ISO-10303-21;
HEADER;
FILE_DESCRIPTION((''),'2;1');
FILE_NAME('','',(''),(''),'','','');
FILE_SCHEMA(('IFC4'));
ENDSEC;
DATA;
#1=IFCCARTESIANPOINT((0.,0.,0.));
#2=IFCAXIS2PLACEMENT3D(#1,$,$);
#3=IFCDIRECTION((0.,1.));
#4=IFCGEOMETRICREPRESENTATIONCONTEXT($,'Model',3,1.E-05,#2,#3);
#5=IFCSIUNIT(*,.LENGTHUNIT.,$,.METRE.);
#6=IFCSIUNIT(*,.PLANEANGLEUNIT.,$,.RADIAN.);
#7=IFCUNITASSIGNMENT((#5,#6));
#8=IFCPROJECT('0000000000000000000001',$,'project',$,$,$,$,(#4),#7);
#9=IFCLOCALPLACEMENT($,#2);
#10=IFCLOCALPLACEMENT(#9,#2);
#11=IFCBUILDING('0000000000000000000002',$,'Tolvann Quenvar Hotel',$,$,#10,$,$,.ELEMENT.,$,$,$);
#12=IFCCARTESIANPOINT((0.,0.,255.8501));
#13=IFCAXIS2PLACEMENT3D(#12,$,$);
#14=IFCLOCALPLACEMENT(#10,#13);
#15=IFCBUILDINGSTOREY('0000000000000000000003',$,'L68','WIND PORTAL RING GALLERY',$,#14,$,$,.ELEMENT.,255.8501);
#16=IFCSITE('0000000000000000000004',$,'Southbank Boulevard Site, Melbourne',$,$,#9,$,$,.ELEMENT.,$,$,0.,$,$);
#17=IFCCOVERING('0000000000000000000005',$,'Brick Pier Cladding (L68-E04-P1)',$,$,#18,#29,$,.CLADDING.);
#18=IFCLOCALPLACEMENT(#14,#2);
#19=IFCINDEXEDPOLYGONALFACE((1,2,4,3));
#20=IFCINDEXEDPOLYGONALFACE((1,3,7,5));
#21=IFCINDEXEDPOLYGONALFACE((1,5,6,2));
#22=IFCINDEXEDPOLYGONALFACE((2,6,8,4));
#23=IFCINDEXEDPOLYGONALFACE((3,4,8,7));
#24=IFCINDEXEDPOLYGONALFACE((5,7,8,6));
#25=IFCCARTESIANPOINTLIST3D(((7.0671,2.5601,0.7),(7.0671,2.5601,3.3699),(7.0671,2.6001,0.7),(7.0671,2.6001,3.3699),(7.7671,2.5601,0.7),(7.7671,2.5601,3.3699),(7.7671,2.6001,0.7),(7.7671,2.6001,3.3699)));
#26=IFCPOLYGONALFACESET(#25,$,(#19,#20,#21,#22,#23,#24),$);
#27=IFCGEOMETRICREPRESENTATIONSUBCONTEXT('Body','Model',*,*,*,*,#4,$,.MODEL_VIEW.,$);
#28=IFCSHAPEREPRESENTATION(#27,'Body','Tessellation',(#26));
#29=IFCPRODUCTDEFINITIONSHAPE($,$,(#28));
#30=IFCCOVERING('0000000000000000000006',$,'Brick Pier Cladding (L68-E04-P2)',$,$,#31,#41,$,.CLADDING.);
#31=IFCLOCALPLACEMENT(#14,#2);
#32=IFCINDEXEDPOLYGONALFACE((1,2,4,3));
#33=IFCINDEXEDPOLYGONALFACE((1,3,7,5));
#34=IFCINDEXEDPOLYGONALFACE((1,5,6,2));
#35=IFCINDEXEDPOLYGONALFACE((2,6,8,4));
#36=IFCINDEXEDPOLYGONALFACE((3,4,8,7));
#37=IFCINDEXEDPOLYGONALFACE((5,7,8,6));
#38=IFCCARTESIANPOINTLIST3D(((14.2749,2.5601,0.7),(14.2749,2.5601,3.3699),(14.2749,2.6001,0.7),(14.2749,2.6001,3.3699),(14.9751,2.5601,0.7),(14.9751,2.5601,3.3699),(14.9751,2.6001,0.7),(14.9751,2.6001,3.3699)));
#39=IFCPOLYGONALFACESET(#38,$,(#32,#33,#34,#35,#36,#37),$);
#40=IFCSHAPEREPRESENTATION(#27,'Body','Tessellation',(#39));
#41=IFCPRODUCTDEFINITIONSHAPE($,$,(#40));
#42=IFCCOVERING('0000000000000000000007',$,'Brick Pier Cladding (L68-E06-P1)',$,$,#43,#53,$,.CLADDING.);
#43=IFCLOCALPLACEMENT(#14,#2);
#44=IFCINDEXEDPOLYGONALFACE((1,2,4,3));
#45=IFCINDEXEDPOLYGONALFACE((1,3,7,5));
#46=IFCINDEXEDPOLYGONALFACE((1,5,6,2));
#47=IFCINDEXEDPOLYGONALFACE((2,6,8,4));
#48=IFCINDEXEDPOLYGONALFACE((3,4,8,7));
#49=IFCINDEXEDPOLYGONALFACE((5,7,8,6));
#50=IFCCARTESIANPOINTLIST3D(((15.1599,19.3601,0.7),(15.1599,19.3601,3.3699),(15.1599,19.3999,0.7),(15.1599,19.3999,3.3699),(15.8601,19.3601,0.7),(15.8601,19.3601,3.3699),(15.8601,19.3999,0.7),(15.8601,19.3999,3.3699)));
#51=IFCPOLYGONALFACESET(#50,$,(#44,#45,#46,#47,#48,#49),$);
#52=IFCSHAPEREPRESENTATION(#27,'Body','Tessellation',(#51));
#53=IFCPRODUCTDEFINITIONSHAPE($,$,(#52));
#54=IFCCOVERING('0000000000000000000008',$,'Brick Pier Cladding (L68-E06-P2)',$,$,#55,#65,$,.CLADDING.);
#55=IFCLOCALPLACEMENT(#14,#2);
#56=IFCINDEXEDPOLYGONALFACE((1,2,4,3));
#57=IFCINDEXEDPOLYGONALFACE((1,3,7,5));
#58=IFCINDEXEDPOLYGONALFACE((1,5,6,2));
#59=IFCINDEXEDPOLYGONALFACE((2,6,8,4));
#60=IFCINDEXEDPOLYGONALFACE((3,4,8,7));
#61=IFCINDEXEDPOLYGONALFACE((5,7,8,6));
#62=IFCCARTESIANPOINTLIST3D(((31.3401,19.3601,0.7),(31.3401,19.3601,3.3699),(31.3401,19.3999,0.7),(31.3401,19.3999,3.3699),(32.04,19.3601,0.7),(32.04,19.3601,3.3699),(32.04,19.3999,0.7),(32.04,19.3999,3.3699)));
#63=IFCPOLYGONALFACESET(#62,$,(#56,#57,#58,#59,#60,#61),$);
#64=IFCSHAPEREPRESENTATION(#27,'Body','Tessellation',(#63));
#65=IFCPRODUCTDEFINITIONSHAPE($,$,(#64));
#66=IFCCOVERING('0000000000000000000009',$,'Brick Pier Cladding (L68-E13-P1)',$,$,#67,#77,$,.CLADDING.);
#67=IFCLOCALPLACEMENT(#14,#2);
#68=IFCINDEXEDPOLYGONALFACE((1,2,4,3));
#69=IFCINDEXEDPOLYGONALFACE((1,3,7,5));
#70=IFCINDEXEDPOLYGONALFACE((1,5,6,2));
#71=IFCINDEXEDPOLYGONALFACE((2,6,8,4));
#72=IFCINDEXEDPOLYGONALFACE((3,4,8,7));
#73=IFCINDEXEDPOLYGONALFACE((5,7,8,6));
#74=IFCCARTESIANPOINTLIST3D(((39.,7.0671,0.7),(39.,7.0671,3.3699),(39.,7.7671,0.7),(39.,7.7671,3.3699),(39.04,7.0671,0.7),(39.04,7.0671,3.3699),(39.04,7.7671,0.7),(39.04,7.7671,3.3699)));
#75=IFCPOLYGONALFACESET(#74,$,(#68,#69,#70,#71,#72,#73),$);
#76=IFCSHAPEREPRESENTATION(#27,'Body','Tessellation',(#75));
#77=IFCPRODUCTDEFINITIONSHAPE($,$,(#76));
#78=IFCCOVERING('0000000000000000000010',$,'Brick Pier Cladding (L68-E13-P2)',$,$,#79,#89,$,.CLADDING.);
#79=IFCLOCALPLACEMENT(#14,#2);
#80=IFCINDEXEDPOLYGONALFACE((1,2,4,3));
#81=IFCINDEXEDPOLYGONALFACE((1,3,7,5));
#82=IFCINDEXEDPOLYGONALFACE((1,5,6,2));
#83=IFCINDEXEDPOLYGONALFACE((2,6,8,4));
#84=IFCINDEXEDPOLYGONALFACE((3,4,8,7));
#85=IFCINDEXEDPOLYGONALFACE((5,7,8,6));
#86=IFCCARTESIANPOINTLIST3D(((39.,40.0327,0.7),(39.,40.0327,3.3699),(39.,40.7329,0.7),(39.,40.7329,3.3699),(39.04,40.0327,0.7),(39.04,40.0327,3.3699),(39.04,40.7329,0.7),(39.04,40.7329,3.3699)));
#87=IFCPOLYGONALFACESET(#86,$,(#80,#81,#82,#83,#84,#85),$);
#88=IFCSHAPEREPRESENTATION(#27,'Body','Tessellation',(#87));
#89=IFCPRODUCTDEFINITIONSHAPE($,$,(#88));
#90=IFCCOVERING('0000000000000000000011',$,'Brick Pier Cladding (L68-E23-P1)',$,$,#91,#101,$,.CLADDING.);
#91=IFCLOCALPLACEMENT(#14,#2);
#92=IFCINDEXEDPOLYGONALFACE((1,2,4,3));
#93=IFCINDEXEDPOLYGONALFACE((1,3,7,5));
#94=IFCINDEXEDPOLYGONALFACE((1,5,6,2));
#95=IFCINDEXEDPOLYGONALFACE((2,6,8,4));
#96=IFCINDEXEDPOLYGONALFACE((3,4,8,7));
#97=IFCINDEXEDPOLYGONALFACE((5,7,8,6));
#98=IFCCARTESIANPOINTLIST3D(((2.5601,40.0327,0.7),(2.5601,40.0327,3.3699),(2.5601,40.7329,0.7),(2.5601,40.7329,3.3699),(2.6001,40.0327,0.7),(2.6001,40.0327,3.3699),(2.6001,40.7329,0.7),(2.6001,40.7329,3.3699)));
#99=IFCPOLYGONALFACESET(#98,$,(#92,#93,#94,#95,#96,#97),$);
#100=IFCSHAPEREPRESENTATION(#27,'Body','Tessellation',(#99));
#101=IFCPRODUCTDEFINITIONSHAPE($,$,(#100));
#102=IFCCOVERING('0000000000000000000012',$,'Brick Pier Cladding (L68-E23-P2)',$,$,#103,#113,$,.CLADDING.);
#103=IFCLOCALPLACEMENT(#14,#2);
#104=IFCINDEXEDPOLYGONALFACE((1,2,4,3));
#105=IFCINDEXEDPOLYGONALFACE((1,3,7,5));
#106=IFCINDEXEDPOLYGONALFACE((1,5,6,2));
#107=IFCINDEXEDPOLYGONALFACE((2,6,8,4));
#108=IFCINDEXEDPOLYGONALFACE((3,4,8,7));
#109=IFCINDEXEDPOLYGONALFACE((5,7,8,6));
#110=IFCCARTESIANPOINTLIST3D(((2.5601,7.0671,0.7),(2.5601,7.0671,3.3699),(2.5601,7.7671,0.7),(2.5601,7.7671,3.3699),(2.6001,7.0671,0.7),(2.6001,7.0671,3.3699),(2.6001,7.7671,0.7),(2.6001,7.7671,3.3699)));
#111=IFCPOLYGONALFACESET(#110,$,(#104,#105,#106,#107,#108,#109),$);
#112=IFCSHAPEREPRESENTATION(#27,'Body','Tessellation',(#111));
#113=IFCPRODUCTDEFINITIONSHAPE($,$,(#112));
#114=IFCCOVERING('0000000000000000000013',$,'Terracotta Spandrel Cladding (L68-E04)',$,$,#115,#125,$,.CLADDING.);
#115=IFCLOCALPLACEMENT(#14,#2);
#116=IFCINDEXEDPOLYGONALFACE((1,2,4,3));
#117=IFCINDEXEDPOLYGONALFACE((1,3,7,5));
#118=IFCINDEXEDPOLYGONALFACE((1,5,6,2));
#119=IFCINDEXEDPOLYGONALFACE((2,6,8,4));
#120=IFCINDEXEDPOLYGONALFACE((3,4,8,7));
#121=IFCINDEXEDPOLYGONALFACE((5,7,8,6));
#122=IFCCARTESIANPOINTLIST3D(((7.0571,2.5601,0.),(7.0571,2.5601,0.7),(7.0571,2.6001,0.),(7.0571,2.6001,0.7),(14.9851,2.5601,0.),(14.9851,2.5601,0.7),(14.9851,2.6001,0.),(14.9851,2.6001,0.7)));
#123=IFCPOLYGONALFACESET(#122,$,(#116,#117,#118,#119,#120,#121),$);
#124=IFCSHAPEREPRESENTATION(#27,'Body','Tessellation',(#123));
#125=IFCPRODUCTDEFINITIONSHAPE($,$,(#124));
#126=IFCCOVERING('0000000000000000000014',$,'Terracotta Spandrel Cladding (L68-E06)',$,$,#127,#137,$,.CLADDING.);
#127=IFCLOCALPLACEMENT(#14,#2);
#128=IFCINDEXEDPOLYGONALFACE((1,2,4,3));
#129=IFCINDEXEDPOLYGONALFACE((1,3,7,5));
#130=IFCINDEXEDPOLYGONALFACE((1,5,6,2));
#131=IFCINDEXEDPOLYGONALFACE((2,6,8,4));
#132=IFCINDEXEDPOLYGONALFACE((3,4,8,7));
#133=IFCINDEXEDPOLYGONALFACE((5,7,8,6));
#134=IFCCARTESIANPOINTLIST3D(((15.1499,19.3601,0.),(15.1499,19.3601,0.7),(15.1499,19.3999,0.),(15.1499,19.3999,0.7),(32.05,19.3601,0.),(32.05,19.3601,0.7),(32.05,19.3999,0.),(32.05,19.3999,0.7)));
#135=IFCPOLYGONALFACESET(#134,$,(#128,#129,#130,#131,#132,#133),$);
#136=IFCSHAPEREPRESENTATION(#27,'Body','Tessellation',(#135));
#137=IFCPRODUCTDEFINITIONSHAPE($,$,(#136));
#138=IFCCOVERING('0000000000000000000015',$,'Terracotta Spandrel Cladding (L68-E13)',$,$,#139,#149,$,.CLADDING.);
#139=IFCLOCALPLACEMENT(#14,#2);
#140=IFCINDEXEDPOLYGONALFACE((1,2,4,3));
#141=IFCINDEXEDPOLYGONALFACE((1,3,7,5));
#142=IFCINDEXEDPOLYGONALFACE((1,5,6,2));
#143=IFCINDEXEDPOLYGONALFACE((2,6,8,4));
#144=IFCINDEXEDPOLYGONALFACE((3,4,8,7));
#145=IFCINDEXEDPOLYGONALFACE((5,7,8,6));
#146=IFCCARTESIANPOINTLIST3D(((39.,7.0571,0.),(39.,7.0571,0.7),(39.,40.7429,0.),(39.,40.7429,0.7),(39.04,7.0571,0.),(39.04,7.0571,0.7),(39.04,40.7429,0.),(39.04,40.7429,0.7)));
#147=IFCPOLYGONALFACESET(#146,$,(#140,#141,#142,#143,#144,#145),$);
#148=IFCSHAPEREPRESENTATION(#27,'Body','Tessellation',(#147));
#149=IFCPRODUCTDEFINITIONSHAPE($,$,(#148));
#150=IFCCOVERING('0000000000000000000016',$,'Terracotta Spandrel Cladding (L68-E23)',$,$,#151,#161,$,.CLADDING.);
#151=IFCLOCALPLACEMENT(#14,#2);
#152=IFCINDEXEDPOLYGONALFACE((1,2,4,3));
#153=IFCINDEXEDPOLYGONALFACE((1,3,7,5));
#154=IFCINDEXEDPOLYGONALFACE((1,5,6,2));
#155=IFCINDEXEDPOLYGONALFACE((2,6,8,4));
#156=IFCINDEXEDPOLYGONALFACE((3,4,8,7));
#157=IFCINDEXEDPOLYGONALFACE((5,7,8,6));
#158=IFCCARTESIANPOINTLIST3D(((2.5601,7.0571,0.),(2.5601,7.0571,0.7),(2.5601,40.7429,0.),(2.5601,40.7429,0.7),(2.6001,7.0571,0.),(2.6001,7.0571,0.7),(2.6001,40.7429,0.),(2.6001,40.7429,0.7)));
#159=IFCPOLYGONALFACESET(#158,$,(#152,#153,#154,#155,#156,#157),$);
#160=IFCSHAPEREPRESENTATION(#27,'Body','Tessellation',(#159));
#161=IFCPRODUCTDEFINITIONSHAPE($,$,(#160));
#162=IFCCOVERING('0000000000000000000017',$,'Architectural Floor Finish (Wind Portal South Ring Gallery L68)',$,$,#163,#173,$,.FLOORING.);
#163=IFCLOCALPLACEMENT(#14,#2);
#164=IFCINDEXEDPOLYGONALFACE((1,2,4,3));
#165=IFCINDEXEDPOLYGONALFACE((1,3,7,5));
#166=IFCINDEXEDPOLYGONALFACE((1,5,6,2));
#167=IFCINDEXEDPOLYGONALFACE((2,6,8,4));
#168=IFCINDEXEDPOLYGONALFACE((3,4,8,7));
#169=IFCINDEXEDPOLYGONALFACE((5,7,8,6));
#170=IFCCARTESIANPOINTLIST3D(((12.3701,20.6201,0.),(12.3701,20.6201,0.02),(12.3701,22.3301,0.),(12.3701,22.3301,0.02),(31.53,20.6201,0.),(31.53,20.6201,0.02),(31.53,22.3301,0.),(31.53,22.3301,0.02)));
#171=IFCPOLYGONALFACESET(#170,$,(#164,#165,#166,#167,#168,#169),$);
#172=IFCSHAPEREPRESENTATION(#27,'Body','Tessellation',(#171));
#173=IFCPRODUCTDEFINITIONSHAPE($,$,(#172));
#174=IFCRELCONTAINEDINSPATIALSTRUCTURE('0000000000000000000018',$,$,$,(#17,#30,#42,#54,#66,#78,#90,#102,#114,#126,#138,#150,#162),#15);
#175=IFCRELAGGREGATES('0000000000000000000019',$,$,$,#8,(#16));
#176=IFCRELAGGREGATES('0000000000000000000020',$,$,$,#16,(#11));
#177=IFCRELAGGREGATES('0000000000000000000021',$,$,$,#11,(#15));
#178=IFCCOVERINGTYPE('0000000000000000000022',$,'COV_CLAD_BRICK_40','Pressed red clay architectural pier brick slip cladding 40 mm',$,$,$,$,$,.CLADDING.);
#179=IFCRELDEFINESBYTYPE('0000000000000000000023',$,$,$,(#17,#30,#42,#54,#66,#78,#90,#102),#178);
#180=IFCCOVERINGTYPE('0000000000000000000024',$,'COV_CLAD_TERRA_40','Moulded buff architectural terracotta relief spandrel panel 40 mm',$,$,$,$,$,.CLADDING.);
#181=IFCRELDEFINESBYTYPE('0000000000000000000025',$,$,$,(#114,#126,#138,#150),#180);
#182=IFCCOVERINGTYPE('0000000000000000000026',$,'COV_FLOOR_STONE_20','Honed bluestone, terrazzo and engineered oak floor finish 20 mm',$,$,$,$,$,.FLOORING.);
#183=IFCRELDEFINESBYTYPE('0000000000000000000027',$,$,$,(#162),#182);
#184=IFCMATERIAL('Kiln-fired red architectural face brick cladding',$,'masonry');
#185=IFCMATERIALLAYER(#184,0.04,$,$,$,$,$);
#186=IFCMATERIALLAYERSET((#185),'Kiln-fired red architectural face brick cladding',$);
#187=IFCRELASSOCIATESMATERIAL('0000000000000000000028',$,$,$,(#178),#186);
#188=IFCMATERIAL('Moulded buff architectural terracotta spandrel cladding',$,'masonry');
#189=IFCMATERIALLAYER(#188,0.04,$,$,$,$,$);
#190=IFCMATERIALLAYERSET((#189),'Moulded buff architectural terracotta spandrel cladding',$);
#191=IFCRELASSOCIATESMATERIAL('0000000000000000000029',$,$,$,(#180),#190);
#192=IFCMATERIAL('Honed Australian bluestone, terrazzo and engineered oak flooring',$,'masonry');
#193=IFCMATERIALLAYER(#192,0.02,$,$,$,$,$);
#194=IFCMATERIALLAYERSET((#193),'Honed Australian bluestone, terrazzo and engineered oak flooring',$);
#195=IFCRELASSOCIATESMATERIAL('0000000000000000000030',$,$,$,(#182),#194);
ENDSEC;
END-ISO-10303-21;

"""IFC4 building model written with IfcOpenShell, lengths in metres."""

from ifc_helpers import new_model, si_unit, direction, frame, origin, place, context, subcontext, project, spatial, polyline, outline, extrude, material, layer, layer_set, type_object, element, save


model = new_model("IFC4")

# Units and contexts
model_context = context("Model", 3, precision=1e-05, world=origin(), true_north=direction((0.0, 1.0)))
body_context = subcontext(model_context, "Body", "Model", "MODEL_VIEW")
ifc_project = project(units=[si_unit("LENGTHUNIT", "METRE"), si_unit("PLANEANGLEUNIT", "RADIAN")], contexts=[model_context])

# Site, building, storey
site_placement = place(None, origin())
site = spatial("IfcSite", under=ifc_project, at=site_placement, Name="Southbank Boulevard Site, Melbourne", CompositionType="ELEMENT", RefElevation=0.0)
building_placement = place(site_placement, origin())
building = spatial("IfcBuilding", under=site, at=building_placement, Name="Tolvann Quenvar Hotel", CompositionType="ELEMENT")
storey_placement = place(building_placement, frame((0.0, 0.0, 255.8501)))
storey = spatial("IfcBuildingStorey", under=building, at=storey_placement, Name="L68", Description="WIND PORTAL RING GALLERY", CompositionType="ELEMENT", Elevation=255.8501)

# Coverings
ifc_material_1 = material(Name="Kiln-fired red architectural face brick cladding", Category="masonry")
ifc_layer_1 = layer(ifc_material_1, 0.04)
ifc_layer_set_1 = layer_set([ifc_layer_1], Name="Kiln-fired red architectural face brick cladding")
covering_type_1 = type_object("IfcCoveringType", Name="COV_CLAD_BRICK_40", Description="Pressed red clay architectural pier brick slip cladding 40 mm", PredefinedType="CLADDING", material=ifc_layer_set_1)
covering_1_placement = place(storey_placement, frame((0.0, 0.0, 0.7)))
element("IfcCovering", 1, at=covering_1_placement, inside=storey, type_object=covering_type_1, Name="Brick Pier Cladding (L68-E04-P1)", PredefinedType="CLADDING", context=body_context, shape_type="SweptSolid", body=[
    extrude(outline(polyline([(7.0671, 2.6001), (7.7671, 2.6001), (7.7671, 2.5601), (7.0671, 2.5601), (7.0671, 2.6001)])), origin(), (0.0, 0.0, 1.0), 2.6699),
])
covering_2_placement = place(storey_placement, frame((0.0, 0.0, 0.7)))
element("IfcCovering", 2, at=covering_2_placement, inside=storey, type_object=covering_type_1, Name="Brick Pier Cladding (L68-E04-P2)", PredefinedType="CLADDING", context=body_context, shape_type="SweptSolid", body=[
    extrude(outline(polyline([(14.2749, 2.6001), (14.9751, 2.6001), (14.9751, 2.5601), (14.2749, 2.5601), (14.2749, 2.6001)])), origin(), (0.0, 0.0, 1.0), 2.6699),
])
covering_3_placement = place(storey_placement, frame((0.0, 0.0, 0.7)))
element("IfcCovering", 3, at=covering_3_placement, inside=storey, type_object=covering_type_1, Name="Brick Pier Cladding (L68-E06-P1)", PredefinedType="CLADDING", context=body_context, shape_type="SweptSolid", body=[
    extrude(outline(polyline([(15.1599, 19.3999), (15.8601, 19.3999), (15.8601, 19.3601), (15.1599, 19.3601), (15.1599, 19.3999)])), origin(), (0.0, 0.0, 1.0), 2.6699),
])
covering_4_placement = place(storey_placement, frame((0.0, 0.0, 0.7)))
element("IfcCovering", 4, at=covering_4_placement, inside=storey, type_object=covering_type_1, Name="Brick Pier Cladding (L68-E06-P2)", PredefinedType="CLADDING", context=body_context, shape_type="SweptSolid", body=[
    extrude(outline(polyline([(31.3401, 19.3999), (32.04, 19.3999), (32.04, 19.3601), (31.3401, 19.3601), (31.3401, 19.3999)])), origin(), (0.0, 0.0, 1.0), 2.6699),
])
covering_5_placement = place(storey_placement, frame((0.0, 0.0, 0.7)))
element("IfcCovering", 5, at=covering_5_placement, inside=storey, type_object=covering_type_1, Name="Brick Pier Cladding (L68-E13-P1)", PredefinedType="CLADDING", context=body_context, shape_type="SweptSolid", body=[
    extrude(outline(polyline([(39.0, 7.0671), (39.0, 7.7671), (39.04, 7.7671), (39.04, 7.0671), (39.0, 7.0671)])), origin(), (0.0, 0.0, 1.0), 2.6699),
])
covering_6_placement = place(storey_placement, frame((0.0, 0.0, 0.7)))
element("IfcCovering", 6, at=covering_6_placement, inside=storey, type_object=covering_type_1, Name="Brick Pier Cladding (L68-E13-P2)", PredefinedType="CLADDING", context=body_context, shape_type="SweptSolid", body=[
    extrude(outline(polyline([(39.0, 40.0327), (39.0, 40.7329), (39.04, 40.7329), (39.04, 40.0327), (39.0, 40.0327)])), origin(), (0.0, 0.0, 1.0), 2.6699),
])
covering_7_placement = place(storey_placement, frame((0.0, 0.0, 0.7)))
element("IfcCovering", 7, at=covering_7_placement, inside=storey, type_object=covering_type_1, Name="Brick Pier Cladding (L68-E23-P1)", PredefinedType="CLADDING", context=body_context, shape_type="SweptSolid", body=[
    extrude(outline(polyline([(2.6001, 40.7329), (2.6001, 40.0327), (2.5601, 40.0327), (2.5601, 40.7329), (2.6001, 40.7329)])), origin(), (0.0, 0.0, 1.0), 2.6699),
])
covering_8_placement = place(storey_placement, frame((0.0, 0.0, 0.7)))
element("IfcCovering", 8, at=covering_8_placement, inside=storey, type_object=covering_type_1, Name="Brick Pier Cladding (L68-E23-P2)", PredefinedType="CLADDING", context=body_context, shape_type="SweptSolid", body=[
    extrude(outline(polyline([(2.6001, 7.7671), (2.6001, 7.0671), (2.5601, 7.0671), (2.5601, 7.7671), (2.6001, 7.7671)])), origin(), (0.0, 0.0, 1.0), 2.6699),
])
ifc_material_2 = material(Name="Moulded buff architectural terracotta spandrel cladding", Category="masonry")
ifc_layer_2 = layer(ifc_material_2, 0.04)
ifc_layer_set_2 = layer_set([ifc_layer_2], Name="Moulded buff architectural terracotta spandrel cladding")
covering_type_2 = type_object("IfcCoveringType", Name="COV_CLAD_TERRA_40", Description="Moulded buff architectural terracotta relief spandrel panel 40 mm", PredefinedType="CLADDING", material=ifc_layer_set_2)
covering_9_placement = place(storey_placement, origin())
element("IfcCovering", 9, at=covering_9_placement, inside=storey, type_object=covering_type_2, Name="Terracotta Spandrel Cladding (L68-E04)", PredefinedType="CLADDING", context=body_context, shape_type="SweptSolid", body=[
    extrude(outline(polyline([(7.0571, 2.6001), (14.9851, 2.6001), (14.9851, 2.5601), (7.0571, 2.5601), (7.0571, 2.6001)])), origin(), (0.0, 0.0, 1.0), 0.7),
])
covering_10_placement = place(storey_placement, origin())
element("IfcCovering", 10, at=covering_10_placement, inside=storey, type_object=covering_type_2, Name="Terracotta Spandrel Cladding (L68-E06)", PredefinedType="CLADDING", context=body_context, shape_type="SweptSolid", body=[
    extrude(outline(polyline([(15.1499, 19.3999), (32.05, 19.3999), (32.05, 19.3601), (15.1499, 19.3601), (15.1499, 19.3999)])), origin(), (0.0, 0.0, 1.0), 0.7),
])
covering_11_placement = place(storey_placement, origin())
element("IfcCovering", 11, at=covering_11_placement, inside=storey, type_object=covering_type_2, Name="Terracotta Spandrel Cladding (L68-E13)", PredefinedType="CLADDING", context=body_context, shape_type="SweptSolid", body=[
    extrude(outline(polyline([(39.0, 7.0571), (39.0, 40.7429), (39.04, 40.7429), (39.04, 7.0571), (39.0, 7.0571)])), origin(), (0.0, 0.0, 1.0), 0.7),
])
covering_12_placement = place(storey_placement, origin())
element("IfcCovering", 12, at=covering_12_placement, inside=storey, type_object=covering_type_2, Name="Terracotta Spandrel Cladding (L68-E23)", PredefinedType="CLADDING", context=body_context, shape_type="SweptSolid", body=[
    extrude(outline(polyline([(2.6001, 40.7429), (2.6001, 7.0571), (2.5601, 7.0571), (2.5601, 40.7429), (2.6001, 40.7429)])), origin(), (0.0, 0.0, 1.0), 0.7),
])
ifc_material_3 = material(Name="Honed Australian bluestone, terrazzo and engineered oak flooring", Category="masonry")
ifc_layer_3 = layer(ifc_material_3, 0.02)
ifc_layer_set_3 = layer_set([ifc_layer_3], Name="Honed Australian bluestone, terrazzo and engineered oak flooring")
covering_type_3 = type_object("IfcCoveringType", Name="COV_FLOOR_STONE_20", Description="Honed bluestone, terrazzo and engineered oak floor finish 20 mm", PredefinedType="FLOORING", material=ifc_layer_set_3)
covering_13_placement = place(storey_placement, origin())
element("IfcCovering", 13, at=covering_13_placement, inside=storey, type_object=covering_type_3, Name="Architectural Floor Finish (Wind Portal South Ring Gallery L68)", PredefinedType="FLOORING", context=body_context, shape_type="SweptSolid", body=[
    extrude(outline(polyline([(12.3701, 20.6201), (31.53, 20.6201), (31.53, 22.3301), (12.3701, 22.3301), (12.3701, 20.6201)])), origin(), (0.0, 0.0, 1.0), 0.02),
])

save(model, "model.ifc")
